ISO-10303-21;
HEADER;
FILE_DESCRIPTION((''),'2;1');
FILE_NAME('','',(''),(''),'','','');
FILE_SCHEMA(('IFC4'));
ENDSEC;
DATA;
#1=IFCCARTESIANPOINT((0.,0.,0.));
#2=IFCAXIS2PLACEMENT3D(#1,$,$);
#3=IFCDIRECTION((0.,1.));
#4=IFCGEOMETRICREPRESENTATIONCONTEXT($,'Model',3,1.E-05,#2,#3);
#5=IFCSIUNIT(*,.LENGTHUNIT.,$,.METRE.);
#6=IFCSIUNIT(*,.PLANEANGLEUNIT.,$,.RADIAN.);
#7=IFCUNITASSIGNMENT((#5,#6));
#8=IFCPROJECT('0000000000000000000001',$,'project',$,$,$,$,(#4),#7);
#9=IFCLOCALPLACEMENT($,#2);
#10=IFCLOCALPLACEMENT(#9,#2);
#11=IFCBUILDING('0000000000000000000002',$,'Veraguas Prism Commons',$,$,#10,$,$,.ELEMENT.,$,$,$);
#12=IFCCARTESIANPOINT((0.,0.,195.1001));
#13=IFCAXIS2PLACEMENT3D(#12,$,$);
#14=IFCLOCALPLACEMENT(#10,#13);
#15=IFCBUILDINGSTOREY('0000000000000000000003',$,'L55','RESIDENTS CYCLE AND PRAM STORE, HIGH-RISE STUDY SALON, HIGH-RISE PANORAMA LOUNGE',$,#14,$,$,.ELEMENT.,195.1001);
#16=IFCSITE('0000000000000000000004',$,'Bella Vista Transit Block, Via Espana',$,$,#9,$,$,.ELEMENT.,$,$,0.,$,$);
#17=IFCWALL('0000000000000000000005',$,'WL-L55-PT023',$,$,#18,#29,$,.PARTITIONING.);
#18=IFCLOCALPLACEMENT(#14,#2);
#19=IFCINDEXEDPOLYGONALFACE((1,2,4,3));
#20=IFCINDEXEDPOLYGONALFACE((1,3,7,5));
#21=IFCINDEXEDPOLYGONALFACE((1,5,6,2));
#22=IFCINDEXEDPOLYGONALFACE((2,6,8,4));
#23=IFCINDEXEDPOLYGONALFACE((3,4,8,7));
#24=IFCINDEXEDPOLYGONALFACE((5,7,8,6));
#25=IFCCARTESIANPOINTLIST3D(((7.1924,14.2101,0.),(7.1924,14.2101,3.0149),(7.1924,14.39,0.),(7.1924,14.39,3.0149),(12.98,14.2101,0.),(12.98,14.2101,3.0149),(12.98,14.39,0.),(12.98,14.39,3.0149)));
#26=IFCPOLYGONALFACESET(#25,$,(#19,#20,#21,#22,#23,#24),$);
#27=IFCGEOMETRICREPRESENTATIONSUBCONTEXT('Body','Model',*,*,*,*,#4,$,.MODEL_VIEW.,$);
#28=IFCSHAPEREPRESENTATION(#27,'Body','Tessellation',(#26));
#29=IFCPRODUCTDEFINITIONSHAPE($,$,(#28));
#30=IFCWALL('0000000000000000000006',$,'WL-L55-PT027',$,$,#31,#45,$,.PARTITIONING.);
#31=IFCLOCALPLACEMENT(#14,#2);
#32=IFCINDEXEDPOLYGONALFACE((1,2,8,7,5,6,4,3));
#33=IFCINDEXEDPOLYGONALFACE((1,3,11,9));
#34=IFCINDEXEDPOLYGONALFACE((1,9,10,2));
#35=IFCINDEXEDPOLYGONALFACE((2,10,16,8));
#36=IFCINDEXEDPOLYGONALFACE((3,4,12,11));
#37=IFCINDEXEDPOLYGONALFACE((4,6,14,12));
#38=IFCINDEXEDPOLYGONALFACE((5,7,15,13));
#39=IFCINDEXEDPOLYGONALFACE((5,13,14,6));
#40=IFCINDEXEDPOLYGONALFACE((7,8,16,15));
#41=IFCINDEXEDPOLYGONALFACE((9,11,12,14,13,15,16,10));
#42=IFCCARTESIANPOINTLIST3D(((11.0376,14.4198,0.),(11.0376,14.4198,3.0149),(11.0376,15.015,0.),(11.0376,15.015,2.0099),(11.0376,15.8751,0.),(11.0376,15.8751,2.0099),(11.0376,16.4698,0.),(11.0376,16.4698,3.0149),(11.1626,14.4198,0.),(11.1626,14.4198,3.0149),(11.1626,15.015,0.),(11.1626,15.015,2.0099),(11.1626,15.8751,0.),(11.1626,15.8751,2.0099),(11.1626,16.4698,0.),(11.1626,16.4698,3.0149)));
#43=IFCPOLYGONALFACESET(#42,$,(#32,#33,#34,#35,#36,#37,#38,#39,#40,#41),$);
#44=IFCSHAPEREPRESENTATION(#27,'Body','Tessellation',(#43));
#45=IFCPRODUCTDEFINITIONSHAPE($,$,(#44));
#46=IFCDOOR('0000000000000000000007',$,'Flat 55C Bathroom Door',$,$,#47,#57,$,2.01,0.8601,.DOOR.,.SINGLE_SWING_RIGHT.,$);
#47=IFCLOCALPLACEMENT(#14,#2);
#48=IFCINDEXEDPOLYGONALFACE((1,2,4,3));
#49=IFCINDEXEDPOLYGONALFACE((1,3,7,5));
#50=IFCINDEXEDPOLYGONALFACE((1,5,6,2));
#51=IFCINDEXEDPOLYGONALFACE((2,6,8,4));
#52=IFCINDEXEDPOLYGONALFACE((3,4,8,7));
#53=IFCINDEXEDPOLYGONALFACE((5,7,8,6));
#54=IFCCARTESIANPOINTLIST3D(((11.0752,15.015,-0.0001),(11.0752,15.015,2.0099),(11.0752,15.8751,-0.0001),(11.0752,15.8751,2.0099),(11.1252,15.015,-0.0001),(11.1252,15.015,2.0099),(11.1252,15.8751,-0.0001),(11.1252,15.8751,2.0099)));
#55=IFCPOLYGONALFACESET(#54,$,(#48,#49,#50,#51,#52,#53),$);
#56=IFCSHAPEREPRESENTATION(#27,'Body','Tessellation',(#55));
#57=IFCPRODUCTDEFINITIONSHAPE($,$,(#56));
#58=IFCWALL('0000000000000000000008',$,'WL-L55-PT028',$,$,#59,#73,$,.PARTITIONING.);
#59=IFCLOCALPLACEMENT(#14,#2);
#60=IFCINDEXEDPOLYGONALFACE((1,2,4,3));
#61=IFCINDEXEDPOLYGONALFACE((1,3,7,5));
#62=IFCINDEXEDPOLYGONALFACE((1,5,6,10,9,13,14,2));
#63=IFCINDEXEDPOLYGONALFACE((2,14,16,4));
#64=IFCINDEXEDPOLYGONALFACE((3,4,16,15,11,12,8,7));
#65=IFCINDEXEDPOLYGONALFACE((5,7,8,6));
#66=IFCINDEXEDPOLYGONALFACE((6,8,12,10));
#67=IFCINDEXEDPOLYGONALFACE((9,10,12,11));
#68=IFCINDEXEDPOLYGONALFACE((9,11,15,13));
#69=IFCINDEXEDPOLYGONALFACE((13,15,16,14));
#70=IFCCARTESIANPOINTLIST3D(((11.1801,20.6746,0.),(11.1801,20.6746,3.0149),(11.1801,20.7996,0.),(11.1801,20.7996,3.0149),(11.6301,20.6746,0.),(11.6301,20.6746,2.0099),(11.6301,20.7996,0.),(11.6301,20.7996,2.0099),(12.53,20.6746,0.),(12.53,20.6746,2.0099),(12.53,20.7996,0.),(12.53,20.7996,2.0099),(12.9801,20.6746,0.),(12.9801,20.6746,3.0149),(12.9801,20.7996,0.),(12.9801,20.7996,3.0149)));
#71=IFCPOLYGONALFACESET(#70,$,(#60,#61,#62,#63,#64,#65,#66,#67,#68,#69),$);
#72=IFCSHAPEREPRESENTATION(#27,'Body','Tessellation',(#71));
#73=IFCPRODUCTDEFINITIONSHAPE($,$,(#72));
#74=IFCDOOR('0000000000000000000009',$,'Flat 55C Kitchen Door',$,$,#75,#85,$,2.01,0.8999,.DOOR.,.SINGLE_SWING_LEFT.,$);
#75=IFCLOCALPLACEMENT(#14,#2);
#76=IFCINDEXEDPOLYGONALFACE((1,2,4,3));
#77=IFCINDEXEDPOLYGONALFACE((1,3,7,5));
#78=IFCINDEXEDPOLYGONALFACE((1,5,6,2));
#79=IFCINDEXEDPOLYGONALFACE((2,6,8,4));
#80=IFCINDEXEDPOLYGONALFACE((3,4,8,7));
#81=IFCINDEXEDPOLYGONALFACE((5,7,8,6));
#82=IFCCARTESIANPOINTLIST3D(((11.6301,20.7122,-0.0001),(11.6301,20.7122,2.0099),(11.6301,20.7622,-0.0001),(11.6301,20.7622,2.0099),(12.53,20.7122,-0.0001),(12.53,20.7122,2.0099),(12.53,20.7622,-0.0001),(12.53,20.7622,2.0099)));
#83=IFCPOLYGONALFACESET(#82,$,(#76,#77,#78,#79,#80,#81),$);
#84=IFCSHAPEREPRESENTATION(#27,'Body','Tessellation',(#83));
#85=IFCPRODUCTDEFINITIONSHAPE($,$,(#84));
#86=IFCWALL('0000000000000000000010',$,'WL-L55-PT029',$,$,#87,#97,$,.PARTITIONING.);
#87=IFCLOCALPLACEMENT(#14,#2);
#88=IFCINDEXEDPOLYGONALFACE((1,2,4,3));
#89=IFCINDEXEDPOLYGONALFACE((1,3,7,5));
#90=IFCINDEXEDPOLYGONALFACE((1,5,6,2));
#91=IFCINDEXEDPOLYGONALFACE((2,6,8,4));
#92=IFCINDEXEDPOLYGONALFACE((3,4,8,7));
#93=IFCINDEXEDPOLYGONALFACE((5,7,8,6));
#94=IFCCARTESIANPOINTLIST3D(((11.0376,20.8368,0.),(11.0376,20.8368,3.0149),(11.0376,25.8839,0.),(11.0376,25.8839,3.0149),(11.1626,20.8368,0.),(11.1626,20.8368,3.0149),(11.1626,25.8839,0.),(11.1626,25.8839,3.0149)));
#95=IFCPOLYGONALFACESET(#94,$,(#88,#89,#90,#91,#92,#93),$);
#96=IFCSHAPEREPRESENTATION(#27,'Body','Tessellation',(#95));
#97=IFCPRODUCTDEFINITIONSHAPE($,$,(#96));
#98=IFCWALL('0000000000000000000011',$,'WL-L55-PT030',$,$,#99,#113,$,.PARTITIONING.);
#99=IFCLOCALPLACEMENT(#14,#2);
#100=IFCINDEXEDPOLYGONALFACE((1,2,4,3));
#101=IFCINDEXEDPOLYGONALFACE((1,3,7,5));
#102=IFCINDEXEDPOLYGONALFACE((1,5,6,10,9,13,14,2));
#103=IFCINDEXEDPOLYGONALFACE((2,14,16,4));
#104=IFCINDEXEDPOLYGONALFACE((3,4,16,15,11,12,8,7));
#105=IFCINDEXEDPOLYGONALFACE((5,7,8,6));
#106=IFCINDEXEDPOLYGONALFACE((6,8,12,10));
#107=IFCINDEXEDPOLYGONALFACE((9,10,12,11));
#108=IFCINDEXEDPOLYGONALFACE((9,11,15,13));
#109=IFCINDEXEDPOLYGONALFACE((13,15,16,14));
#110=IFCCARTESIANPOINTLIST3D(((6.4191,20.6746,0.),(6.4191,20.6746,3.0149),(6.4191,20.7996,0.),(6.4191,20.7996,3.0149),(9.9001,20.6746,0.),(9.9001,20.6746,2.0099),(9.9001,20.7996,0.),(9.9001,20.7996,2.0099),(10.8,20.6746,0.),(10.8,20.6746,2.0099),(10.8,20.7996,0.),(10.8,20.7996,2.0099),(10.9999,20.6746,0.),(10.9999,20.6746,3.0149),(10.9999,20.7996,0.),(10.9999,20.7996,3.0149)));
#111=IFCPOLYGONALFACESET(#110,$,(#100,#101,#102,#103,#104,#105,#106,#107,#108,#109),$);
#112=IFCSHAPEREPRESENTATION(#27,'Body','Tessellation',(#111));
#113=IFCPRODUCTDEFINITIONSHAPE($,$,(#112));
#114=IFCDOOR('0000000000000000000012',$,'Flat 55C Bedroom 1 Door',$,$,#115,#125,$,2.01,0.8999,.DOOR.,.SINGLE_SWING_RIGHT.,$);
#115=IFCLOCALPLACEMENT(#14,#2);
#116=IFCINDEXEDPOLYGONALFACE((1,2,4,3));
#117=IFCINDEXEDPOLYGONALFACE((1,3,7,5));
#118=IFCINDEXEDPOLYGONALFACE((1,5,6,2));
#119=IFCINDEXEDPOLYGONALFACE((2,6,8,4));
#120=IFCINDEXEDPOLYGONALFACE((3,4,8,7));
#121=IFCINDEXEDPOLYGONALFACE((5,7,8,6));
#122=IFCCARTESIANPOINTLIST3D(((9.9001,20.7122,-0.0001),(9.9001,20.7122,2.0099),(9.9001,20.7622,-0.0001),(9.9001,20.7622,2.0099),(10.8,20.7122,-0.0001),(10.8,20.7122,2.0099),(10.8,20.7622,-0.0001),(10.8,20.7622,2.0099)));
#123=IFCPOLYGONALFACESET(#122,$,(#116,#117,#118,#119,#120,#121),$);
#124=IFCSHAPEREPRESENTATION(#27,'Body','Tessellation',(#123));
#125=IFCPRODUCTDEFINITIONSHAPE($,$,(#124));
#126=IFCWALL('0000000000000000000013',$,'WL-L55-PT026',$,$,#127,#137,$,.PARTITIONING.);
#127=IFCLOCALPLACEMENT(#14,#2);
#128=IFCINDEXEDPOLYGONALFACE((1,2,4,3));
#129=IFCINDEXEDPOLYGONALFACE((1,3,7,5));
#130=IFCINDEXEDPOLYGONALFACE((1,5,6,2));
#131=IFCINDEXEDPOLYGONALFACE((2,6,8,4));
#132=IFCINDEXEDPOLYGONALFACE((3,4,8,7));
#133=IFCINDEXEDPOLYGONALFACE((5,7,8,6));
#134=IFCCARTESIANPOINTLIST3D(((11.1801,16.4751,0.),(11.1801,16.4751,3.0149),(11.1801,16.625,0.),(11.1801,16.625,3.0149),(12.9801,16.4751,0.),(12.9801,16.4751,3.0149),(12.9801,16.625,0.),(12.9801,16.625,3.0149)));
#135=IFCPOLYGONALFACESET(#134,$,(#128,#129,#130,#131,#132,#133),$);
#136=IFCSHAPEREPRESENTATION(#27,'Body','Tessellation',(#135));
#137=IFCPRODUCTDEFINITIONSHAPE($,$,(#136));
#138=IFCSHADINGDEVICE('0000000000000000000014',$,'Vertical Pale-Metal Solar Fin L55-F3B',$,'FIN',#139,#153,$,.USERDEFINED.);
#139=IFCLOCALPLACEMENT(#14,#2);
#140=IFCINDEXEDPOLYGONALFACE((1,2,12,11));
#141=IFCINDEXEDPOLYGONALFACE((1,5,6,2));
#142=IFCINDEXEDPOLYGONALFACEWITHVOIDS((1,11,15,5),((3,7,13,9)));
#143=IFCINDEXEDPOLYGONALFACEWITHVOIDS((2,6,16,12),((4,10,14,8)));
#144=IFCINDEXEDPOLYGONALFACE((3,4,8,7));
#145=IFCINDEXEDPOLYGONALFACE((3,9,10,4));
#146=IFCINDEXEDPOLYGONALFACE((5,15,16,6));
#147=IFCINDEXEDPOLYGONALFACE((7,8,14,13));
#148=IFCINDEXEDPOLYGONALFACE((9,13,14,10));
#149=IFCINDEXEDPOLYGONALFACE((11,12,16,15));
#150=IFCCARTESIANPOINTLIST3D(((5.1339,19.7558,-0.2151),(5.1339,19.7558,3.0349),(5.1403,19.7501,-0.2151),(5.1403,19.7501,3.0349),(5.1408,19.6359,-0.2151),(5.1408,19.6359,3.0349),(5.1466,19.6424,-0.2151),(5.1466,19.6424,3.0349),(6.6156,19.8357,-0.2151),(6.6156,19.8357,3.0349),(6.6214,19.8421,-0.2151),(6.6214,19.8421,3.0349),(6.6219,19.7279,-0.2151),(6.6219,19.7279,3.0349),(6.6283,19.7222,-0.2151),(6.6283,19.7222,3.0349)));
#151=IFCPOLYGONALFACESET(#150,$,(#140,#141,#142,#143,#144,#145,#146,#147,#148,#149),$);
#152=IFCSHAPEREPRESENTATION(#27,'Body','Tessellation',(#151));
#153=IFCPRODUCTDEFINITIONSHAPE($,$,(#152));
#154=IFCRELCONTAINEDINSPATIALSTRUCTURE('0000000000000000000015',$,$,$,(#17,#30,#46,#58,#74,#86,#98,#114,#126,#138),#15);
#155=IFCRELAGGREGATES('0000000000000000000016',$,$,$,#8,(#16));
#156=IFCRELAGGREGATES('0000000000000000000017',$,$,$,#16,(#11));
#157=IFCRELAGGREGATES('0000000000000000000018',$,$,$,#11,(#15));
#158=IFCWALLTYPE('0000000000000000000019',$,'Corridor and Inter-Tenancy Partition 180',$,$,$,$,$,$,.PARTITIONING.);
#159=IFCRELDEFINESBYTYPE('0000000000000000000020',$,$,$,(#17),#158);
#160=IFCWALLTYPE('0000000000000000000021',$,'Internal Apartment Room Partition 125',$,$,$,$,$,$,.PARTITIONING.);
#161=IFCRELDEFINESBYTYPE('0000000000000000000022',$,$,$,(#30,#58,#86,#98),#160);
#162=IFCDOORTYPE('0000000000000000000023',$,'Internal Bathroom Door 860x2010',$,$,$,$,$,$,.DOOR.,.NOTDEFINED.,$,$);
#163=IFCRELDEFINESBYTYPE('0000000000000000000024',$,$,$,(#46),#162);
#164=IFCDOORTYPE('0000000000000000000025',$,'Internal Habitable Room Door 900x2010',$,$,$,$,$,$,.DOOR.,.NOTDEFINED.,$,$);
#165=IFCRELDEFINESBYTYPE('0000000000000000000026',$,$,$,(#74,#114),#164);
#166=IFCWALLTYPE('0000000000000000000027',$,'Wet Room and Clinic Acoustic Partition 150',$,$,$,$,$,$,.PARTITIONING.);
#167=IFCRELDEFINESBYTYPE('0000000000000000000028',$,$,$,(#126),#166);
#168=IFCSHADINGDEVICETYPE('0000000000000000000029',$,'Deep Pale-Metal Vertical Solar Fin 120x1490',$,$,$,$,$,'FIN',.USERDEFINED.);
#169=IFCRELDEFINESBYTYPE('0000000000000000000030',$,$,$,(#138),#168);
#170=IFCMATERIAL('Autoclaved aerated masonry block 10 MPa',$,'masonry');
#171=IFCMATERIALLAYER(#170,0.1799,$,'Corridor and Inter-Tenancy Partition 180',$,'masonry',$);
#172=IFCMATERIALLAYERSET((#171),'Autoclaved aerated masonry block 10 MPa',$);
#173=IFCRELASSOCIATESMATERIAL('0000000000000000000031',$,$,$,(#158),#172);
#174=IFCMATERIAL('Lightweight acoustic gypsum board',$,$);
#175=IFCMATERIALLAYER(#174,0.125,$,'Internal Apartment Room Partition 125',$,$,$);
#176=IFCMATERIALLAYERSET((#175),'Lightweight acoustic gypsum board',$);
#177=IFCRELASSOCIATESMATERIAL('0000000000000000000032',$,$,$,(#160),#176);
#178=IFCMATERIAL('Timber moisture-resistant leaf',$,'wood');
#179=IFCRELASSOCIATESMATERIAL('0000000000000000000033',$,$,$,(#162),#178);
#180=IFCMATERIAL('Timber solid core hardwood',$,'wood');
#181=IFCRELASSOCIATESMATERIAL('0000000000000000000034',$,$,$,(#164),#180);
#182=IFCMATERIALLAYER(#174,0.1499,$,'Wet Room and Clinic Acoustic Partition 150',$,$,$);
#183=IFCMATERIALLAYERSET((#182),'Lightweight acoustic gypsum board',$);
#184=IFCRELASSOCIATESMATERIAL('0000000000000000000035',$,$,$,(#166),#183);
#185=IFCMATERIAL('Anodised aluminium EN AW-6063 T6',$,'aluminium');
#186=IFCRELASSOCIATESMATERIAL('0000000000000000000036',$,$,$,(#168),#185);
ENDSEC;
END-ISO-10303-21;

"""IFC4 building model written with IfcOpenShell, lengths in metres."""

from ifc_helpers import new_model, si_unit, direction, frame, frame_2d, origin, origin_2d, place, context, subcontext, project, spatial, rectangle, hollow_rectangle, extrude, source, transform, mapped, material, layer, layer_set, material_profile, profile_set, type_object, element, fill, save


model = new_model("IFC4")

# Units and contexts
model_context = context("Model", 3, precision=1e-05, world=origin(), true_north=direction((0.0, 1.0)))
body_context = subcontext(model_context, "Body", "Model", "MODEL_VIEW")
ifc_project = project(units=[si_unit("LENGTHUNIT", "METRE"), si_unit("PLANEANGLEUNIT", "RADIAN")], contexts=[model_context])

# Site, building, storey
site_placement = place(None, origin())
site = spatial("IfcSite", under=ifc_project, at=site_placement, Name="Bella Vista Transit Block, Via Espana", CompositionType="ELEMENT", RefElevation=0.0)
building_placement = place(site_placement, origin())
building = spatial("IfcBuilding", under=site, at=building_placement, Name="Veraguas Prism Commons", CompositionType="ELEMENT")
storey_placement = place(building_placement, frame((0.0, 0.0, 195.1001)))
storey = spatial("IfcBuildingStorey", under=building, at=storey_placement, Name="L55", Description="RESIDENTS CYCLE AND PRAM STORE, HIGH-RISE STUDY SALON, HIGH-RISE PANORAMA LOUNGE", CompositionType="ELEMENT", Elevation=195.1001)

# Shared definitions
ifc_material_1 = material(Name="Anodised aluminium EN AW-6063 T6", Category="aluminium")

# Wall
ifc_material_2 = material(Name="Autoclaved aerated masonry block 10 MPa", Category="masonry")
ifc_layer_1 = layer(ifc_material_2, 0.1799, Name="Corridor and Inter-Tenancy Partition 180", Category="masonry")
ifc_layer_set_1 = layer_set([ifc_layer_1], Name="Autoclaved aerated masonry block 10 MPa")
wall_type_1 = type_object("IfcWallType", Name="Corridor and Inter-Tenancy Partition 180", PredefinedType="PARTITIONING", material=ifc_layer_set_1)
wall_1_placement = place(storey_placement, frame((12.98, 14.3, 0.0), z_axis=(0.0, 0.0, 1.0), x_axis=(-1.0, 0.0, 0.0)))
element("IfcWall", 1, at=wall_1_placement, inside=storey, type_object=wall_type_1, Name="WL-L55-PT023", PredefinedType="PARTITIONING", context=body_context, shape_type="SweptSolid", body=[
    extrude(rectangle(XDim=5.7876, YDim=0.1799, at=frame_2d((2.8938, 0.0))), origin(), (0.0, 0.0, 1.0), 3.0149),
])

# Walls, openings, doors
ifc_material_3 = material(Name="Lightweight acoustic gypsum board")
ifc_layer_2 = layer(ifc_material_3, 0.125, Name="Internal Apartment Room Partition 125")
ifc_layer_set_2 = layer_set([ifc_layer_2], Name="Lightweight acoustic gypsum board")
wall_type_2 = type_object("IfcWallType", Name="Internal Apartment Room Partition 125", PredefinedType="PARTITIONING", material=ifc_layer_set_2)
wall_2_placement = place(storey_placement, frame((11.1001, 14.4199, 0.0), z_axis=(0.0, 0.0, 1.0), x_axis=(0.0, 1.0, 0.0)))
wall_2 = element("IfcWall", 2, at=wall_2_placement, inside=storey, type_object=wall_type_2, Name="WL-L55-PT027", PredefinedType="PARTITIONING", context=body_context, shape_type="SweptSolid", body=[
    extrude(rectangle(XDim=2.05, YDim=0.125, at=frame_2d((1.0249, 0.0))), origin(), (0.0, 0.0, 1.0), 3.0149),
])
opening_1_placement = place(wall_2_placement, frame((0.595, 0.0, 0.0)))
opening_1 = element("IfcOpeningElement", 3, at=opening_1_placement, cuts=wall_2, PredefinedType="OPENING", context=body_context, shape_type="SweptSolid", body=[
    extrude(rectangle(XDim=0.8601, YDim=2.01, at=frame_2d((0.4302, 1.0049))), frame((0.0, 0.0725, 0.0), z_axis=(0.0, -1.0, 0.0), x_axis=(1.0, 0.0, 0.0)), (0.0, 0.0, 1.0), 0.145),
])
ifc_material_4 = material(Name="Timber moisture-resistant leaf", Category="wood")
door_type_1 = type_object("IfcDoorType", Name="Internal Bathroom Door 860x2010", OperationType="NOTDEFINED", PredefinedType="DOOR", material=ifc_material_4)
shared_shape_1 = source(origin(), body_context, "Body", "SweptSolid", [
    extrude(rectangle(XDim=0.8601, YDim=2.01, at=frame_2d((0.4302, 1.0049))), frame((0.0, 0.0249, 0.0), z_axis=(0.0, -1.0, 0.0), x_axis=(1.0, 0.0, 0.0)), (0.0, 0.0, 1.0), 0.05),
])
door_1_placement = place(opening_1_placement, origin())
door_1 = element("IfcDoor", 4, at=door_1_placement, inside=storey, type_object=door_type_1, Name="Flat 55C Bathroom Door", OperationType="SINGLE_SWING_RIGHT", OverallHeight=2.01, OverallWidth=0.8601, PredefinedType="DOOR", context=body_context, shape_type="MappedRepresentation", body=[
    mapped(shared_shape_1, transform((0.0, 0.0, 0.0), scale=1.0)),
])
fill(opening_1, door_1)
wall_3_placement = place(storey_placement, frame((12.98, 20.7371, 0.0), z_axis=(0.0, 0.0, 1.0), x_axis=(-1.0, 0.0, 0.0)))
wall_3 = element("IfcWall", 5, at=wall_3_placement, inside=storey, type_object=wall_type_2, Name="WL-L55-PT028", PredefinedType="PARTITIONING", context=body_context, shape_type="SweptSolid", body=[
    extrude(rectangle(XDim=1.8, YDim=0.125, at=frame_2d((0.8999, 0.0))), origin(), (0.0, 0.0, 1.0), 3.0149),
])
opening_2_placement = place(wall_3_placement, frame((0.45, 0.0, 0.0)))
opening_2 = element("IfcOpeningElement", 6, at=opening_2_placement, cuts=wall_3, PredefinedType="OPENING", context=body_context, shape_type="SweptSolid", body=[
    extrude(rectangle(XDim=0.8999, YDim=2.01, at=frame_2d((0.45, 1.0049))), frame((0.0, 0.0725, 0.0), z_axis=(0.0, -1.0, 0.0), x_axis=(1.0, 0.0, 0.0)), (0.0, 0.0, 1.0), 0.145),
])
ifc_material_5 = material(Name="Timber solid core hardwood", Category="wood")
door_type_2 = type_object("IfcDoorType", Name="Internal Habitable Room Door 900x2010", OperationType="NOTDEFINED", PredefinedType="DOOR", material=ifc_material_5)
shared_shape_2 = source(origin(), body_context, "Body", "SweptSolid", [
    extrude(rectangle(XDim=0.8999, YDim=2.01, at=frame_2d((0.45, 1.0049))), frame((0.0, 0.0249, 0.0), z_axis=(0.0, -1.0, 0.0), x_axis=(1.0, 0.0, 0.0)), (0.0, 0.0, 1.0), 0.05),
])
door_2_placement = place(opening_2_placement, origin())
door_2 = element("IfcDoor", 7, at=door_2_placement, inside=storey, type_object=door_type_2, Name="Flat 55C Kitchen Door", OperationType="SINGLE_SWING_LEFT", OverallHeight=2.01, OverallWidth=0.8999, PredefinedType="DOOR", context=body_context, shape_type="MappedRepresentation", body=[
    mapped(shared_shape_2, transform((0.0, 0.0, 0.0), scale=1.0)),
])
fill(opening_2, door_2)

# Wall
wall_4_placement = place(storey_placement, frame((11.1001, 20.8369, 0.0), z_axis=(0.0, 0.0, 1.0), x_axis=(0.0, 1.0, 0.0)))
element("IfcWall", 8, at=wall_4_placement, inside=storey, type_object=wall_type_2, Name="WL-L55-PT029", PredefinedType="PARTITIONING", context=body_context, shape_type="SweptSolid", body=[
    extrude(rectangle(XDim=5.0471, YDim=0.125, at=frame_2d((2.5234, 0.0))), origin(), (0.0, 0.0, 1.0), 3.0149),
])

# Wall, opening, door
wall_5_placement = place(storey_placement, frame((11.0, 20.7371, 0.0), z_axis=(0.0, 0.0, 1.0), x_axis=(-1.0, 0.0, 0.0)))
wall_5 = element("IfcWall", 9, at=wall_5_placement, inside=storey, type_object=wall_type_2, Name="WL-L55-PT030", PredefinedType="PARTITIONING", context=body_context, shape_type="SweptSolid", body=[
    extrude(rectangle(XDim=4.5808, YDim=0.125, at=frame_2d((2.2905, 0.0))), origin(), (0.0, 0.0, 1.0), 3.0149),
])
opening_3_placement = place(wall_5_placement, frame((0.2, 0.0, 0.0)))
opening_3 = element("IfcOpeningElement", 10, at=opening_3_placement, cuts=wall_5, PredefinedType="OPENING", context=body_context, shape_type="SweptSolid", body=[
    extrude(rectangle(XDim=0.8999, YDim=2.01, at=frame_2d((0.45, 1.0049))), frame((0.0, 0.0725, 0.0), z_axis=(0.0, -1.0, 0.0), x_axis=(1.0, 0.0, 0.0)), (0.0, 0.0, 1.0), 0.145),
])
door_3_placement = place(opening_3_placement, origin())
door_3 = element("IfcDoor", 11, at=door_3_placement, inside=storey, type_object=door_type_2, Name="Flat 55C Bedroom 1 Door", OperationType="SINGLE_SWING_RIGHT", OverallHeight=2.01, OverallWidth=0.8999, PredefinedType="DOOR", context=body_context, shape_type="MappedRepresentation", body=[
    mapped(shared_shape_2, transform((0.0, 0.0, 0.0), scale=1.0)),
])
fill(opening_3, door_3)

# Wall
ifc_layer_3 = layer(ifc_material_3, 0.1499, Name="Wet Room and Clinic Acoustic Partition 150")
ifc_layer_set_3 = layer_set([ifc_layer_3], Name="Lightweight acoustic gypsum board")
wall_type_3 = type_object("IfcWallType", Name="Wet Room and Clinic Acoustic Partition 150", PredefinedType="PARTITIONING", material=ifc_layer_set_3)
wall_6_placement = place(storey_placement, frame((12.98, 16.55, 0.0), z_axis=(0.0, 0.0, 1.0), x_axis=(-1.0, 0.0, 0.0)))
element("IfcWall", 12, at=wall_6_placement, inside=storey, type_object=wall_type_3, Name="WL-L55-PT026", PredefinedType="PARTITIONING", context=body_context, shape_type="SweptSolid", body=[
    extrude(rectangle(XDim=1.8, YDim=0.1499, at=frame_2d((0.8999, 0.0))), origin(), (0.0, 0.0, 1.0), 3.0149),
])

# Shading device
ifc_material_profile_1 = material_profile(ifc_material_1, hollow_rectangle(XDim=0.1201, YDim=1.49, WallThickness=0.0061, at=origin_2d()), Name="FIN120X1490X6")
ifc_profile_set_1 = profile_set([ifc_material_profile_1], Name="Anodised aluminium EN AW-6063 T6")
shading_device_type = type_object("IfcShadingDeviceType", Name="Deep Pale-Metal Vertical Solar Fin 120x1490", ElementType="FIN", PredefinedType="USERDEFINED", material=ifc_profile_set_1)
shading_device_placement = place(storey_placement, frame((5.8811, 19.739, -0.2151), z_axis=(0.0, 0.0, 1.0), x_axis=(0.057913, -0.998322, 0.0)))
element("IfcShadingDevice", 13, at=shading_device_placement, inside=storey, type_object=shading_device_type, Name="Vertical Pale-Metal Solar Fin L55-F3B", ObjectType="FIN", PredefinedType="USERDEFINED", context=body_context, shape_type="SweptSolid", body=[
    extrude(hollow_rectangle(XDim=0.1201, YDim=1.49, WallThickness=0.0061, at=origin_2d()), origin(), (0.0, 0.0, 1.0), 3.25),
])

save(model, "model.ifc")
